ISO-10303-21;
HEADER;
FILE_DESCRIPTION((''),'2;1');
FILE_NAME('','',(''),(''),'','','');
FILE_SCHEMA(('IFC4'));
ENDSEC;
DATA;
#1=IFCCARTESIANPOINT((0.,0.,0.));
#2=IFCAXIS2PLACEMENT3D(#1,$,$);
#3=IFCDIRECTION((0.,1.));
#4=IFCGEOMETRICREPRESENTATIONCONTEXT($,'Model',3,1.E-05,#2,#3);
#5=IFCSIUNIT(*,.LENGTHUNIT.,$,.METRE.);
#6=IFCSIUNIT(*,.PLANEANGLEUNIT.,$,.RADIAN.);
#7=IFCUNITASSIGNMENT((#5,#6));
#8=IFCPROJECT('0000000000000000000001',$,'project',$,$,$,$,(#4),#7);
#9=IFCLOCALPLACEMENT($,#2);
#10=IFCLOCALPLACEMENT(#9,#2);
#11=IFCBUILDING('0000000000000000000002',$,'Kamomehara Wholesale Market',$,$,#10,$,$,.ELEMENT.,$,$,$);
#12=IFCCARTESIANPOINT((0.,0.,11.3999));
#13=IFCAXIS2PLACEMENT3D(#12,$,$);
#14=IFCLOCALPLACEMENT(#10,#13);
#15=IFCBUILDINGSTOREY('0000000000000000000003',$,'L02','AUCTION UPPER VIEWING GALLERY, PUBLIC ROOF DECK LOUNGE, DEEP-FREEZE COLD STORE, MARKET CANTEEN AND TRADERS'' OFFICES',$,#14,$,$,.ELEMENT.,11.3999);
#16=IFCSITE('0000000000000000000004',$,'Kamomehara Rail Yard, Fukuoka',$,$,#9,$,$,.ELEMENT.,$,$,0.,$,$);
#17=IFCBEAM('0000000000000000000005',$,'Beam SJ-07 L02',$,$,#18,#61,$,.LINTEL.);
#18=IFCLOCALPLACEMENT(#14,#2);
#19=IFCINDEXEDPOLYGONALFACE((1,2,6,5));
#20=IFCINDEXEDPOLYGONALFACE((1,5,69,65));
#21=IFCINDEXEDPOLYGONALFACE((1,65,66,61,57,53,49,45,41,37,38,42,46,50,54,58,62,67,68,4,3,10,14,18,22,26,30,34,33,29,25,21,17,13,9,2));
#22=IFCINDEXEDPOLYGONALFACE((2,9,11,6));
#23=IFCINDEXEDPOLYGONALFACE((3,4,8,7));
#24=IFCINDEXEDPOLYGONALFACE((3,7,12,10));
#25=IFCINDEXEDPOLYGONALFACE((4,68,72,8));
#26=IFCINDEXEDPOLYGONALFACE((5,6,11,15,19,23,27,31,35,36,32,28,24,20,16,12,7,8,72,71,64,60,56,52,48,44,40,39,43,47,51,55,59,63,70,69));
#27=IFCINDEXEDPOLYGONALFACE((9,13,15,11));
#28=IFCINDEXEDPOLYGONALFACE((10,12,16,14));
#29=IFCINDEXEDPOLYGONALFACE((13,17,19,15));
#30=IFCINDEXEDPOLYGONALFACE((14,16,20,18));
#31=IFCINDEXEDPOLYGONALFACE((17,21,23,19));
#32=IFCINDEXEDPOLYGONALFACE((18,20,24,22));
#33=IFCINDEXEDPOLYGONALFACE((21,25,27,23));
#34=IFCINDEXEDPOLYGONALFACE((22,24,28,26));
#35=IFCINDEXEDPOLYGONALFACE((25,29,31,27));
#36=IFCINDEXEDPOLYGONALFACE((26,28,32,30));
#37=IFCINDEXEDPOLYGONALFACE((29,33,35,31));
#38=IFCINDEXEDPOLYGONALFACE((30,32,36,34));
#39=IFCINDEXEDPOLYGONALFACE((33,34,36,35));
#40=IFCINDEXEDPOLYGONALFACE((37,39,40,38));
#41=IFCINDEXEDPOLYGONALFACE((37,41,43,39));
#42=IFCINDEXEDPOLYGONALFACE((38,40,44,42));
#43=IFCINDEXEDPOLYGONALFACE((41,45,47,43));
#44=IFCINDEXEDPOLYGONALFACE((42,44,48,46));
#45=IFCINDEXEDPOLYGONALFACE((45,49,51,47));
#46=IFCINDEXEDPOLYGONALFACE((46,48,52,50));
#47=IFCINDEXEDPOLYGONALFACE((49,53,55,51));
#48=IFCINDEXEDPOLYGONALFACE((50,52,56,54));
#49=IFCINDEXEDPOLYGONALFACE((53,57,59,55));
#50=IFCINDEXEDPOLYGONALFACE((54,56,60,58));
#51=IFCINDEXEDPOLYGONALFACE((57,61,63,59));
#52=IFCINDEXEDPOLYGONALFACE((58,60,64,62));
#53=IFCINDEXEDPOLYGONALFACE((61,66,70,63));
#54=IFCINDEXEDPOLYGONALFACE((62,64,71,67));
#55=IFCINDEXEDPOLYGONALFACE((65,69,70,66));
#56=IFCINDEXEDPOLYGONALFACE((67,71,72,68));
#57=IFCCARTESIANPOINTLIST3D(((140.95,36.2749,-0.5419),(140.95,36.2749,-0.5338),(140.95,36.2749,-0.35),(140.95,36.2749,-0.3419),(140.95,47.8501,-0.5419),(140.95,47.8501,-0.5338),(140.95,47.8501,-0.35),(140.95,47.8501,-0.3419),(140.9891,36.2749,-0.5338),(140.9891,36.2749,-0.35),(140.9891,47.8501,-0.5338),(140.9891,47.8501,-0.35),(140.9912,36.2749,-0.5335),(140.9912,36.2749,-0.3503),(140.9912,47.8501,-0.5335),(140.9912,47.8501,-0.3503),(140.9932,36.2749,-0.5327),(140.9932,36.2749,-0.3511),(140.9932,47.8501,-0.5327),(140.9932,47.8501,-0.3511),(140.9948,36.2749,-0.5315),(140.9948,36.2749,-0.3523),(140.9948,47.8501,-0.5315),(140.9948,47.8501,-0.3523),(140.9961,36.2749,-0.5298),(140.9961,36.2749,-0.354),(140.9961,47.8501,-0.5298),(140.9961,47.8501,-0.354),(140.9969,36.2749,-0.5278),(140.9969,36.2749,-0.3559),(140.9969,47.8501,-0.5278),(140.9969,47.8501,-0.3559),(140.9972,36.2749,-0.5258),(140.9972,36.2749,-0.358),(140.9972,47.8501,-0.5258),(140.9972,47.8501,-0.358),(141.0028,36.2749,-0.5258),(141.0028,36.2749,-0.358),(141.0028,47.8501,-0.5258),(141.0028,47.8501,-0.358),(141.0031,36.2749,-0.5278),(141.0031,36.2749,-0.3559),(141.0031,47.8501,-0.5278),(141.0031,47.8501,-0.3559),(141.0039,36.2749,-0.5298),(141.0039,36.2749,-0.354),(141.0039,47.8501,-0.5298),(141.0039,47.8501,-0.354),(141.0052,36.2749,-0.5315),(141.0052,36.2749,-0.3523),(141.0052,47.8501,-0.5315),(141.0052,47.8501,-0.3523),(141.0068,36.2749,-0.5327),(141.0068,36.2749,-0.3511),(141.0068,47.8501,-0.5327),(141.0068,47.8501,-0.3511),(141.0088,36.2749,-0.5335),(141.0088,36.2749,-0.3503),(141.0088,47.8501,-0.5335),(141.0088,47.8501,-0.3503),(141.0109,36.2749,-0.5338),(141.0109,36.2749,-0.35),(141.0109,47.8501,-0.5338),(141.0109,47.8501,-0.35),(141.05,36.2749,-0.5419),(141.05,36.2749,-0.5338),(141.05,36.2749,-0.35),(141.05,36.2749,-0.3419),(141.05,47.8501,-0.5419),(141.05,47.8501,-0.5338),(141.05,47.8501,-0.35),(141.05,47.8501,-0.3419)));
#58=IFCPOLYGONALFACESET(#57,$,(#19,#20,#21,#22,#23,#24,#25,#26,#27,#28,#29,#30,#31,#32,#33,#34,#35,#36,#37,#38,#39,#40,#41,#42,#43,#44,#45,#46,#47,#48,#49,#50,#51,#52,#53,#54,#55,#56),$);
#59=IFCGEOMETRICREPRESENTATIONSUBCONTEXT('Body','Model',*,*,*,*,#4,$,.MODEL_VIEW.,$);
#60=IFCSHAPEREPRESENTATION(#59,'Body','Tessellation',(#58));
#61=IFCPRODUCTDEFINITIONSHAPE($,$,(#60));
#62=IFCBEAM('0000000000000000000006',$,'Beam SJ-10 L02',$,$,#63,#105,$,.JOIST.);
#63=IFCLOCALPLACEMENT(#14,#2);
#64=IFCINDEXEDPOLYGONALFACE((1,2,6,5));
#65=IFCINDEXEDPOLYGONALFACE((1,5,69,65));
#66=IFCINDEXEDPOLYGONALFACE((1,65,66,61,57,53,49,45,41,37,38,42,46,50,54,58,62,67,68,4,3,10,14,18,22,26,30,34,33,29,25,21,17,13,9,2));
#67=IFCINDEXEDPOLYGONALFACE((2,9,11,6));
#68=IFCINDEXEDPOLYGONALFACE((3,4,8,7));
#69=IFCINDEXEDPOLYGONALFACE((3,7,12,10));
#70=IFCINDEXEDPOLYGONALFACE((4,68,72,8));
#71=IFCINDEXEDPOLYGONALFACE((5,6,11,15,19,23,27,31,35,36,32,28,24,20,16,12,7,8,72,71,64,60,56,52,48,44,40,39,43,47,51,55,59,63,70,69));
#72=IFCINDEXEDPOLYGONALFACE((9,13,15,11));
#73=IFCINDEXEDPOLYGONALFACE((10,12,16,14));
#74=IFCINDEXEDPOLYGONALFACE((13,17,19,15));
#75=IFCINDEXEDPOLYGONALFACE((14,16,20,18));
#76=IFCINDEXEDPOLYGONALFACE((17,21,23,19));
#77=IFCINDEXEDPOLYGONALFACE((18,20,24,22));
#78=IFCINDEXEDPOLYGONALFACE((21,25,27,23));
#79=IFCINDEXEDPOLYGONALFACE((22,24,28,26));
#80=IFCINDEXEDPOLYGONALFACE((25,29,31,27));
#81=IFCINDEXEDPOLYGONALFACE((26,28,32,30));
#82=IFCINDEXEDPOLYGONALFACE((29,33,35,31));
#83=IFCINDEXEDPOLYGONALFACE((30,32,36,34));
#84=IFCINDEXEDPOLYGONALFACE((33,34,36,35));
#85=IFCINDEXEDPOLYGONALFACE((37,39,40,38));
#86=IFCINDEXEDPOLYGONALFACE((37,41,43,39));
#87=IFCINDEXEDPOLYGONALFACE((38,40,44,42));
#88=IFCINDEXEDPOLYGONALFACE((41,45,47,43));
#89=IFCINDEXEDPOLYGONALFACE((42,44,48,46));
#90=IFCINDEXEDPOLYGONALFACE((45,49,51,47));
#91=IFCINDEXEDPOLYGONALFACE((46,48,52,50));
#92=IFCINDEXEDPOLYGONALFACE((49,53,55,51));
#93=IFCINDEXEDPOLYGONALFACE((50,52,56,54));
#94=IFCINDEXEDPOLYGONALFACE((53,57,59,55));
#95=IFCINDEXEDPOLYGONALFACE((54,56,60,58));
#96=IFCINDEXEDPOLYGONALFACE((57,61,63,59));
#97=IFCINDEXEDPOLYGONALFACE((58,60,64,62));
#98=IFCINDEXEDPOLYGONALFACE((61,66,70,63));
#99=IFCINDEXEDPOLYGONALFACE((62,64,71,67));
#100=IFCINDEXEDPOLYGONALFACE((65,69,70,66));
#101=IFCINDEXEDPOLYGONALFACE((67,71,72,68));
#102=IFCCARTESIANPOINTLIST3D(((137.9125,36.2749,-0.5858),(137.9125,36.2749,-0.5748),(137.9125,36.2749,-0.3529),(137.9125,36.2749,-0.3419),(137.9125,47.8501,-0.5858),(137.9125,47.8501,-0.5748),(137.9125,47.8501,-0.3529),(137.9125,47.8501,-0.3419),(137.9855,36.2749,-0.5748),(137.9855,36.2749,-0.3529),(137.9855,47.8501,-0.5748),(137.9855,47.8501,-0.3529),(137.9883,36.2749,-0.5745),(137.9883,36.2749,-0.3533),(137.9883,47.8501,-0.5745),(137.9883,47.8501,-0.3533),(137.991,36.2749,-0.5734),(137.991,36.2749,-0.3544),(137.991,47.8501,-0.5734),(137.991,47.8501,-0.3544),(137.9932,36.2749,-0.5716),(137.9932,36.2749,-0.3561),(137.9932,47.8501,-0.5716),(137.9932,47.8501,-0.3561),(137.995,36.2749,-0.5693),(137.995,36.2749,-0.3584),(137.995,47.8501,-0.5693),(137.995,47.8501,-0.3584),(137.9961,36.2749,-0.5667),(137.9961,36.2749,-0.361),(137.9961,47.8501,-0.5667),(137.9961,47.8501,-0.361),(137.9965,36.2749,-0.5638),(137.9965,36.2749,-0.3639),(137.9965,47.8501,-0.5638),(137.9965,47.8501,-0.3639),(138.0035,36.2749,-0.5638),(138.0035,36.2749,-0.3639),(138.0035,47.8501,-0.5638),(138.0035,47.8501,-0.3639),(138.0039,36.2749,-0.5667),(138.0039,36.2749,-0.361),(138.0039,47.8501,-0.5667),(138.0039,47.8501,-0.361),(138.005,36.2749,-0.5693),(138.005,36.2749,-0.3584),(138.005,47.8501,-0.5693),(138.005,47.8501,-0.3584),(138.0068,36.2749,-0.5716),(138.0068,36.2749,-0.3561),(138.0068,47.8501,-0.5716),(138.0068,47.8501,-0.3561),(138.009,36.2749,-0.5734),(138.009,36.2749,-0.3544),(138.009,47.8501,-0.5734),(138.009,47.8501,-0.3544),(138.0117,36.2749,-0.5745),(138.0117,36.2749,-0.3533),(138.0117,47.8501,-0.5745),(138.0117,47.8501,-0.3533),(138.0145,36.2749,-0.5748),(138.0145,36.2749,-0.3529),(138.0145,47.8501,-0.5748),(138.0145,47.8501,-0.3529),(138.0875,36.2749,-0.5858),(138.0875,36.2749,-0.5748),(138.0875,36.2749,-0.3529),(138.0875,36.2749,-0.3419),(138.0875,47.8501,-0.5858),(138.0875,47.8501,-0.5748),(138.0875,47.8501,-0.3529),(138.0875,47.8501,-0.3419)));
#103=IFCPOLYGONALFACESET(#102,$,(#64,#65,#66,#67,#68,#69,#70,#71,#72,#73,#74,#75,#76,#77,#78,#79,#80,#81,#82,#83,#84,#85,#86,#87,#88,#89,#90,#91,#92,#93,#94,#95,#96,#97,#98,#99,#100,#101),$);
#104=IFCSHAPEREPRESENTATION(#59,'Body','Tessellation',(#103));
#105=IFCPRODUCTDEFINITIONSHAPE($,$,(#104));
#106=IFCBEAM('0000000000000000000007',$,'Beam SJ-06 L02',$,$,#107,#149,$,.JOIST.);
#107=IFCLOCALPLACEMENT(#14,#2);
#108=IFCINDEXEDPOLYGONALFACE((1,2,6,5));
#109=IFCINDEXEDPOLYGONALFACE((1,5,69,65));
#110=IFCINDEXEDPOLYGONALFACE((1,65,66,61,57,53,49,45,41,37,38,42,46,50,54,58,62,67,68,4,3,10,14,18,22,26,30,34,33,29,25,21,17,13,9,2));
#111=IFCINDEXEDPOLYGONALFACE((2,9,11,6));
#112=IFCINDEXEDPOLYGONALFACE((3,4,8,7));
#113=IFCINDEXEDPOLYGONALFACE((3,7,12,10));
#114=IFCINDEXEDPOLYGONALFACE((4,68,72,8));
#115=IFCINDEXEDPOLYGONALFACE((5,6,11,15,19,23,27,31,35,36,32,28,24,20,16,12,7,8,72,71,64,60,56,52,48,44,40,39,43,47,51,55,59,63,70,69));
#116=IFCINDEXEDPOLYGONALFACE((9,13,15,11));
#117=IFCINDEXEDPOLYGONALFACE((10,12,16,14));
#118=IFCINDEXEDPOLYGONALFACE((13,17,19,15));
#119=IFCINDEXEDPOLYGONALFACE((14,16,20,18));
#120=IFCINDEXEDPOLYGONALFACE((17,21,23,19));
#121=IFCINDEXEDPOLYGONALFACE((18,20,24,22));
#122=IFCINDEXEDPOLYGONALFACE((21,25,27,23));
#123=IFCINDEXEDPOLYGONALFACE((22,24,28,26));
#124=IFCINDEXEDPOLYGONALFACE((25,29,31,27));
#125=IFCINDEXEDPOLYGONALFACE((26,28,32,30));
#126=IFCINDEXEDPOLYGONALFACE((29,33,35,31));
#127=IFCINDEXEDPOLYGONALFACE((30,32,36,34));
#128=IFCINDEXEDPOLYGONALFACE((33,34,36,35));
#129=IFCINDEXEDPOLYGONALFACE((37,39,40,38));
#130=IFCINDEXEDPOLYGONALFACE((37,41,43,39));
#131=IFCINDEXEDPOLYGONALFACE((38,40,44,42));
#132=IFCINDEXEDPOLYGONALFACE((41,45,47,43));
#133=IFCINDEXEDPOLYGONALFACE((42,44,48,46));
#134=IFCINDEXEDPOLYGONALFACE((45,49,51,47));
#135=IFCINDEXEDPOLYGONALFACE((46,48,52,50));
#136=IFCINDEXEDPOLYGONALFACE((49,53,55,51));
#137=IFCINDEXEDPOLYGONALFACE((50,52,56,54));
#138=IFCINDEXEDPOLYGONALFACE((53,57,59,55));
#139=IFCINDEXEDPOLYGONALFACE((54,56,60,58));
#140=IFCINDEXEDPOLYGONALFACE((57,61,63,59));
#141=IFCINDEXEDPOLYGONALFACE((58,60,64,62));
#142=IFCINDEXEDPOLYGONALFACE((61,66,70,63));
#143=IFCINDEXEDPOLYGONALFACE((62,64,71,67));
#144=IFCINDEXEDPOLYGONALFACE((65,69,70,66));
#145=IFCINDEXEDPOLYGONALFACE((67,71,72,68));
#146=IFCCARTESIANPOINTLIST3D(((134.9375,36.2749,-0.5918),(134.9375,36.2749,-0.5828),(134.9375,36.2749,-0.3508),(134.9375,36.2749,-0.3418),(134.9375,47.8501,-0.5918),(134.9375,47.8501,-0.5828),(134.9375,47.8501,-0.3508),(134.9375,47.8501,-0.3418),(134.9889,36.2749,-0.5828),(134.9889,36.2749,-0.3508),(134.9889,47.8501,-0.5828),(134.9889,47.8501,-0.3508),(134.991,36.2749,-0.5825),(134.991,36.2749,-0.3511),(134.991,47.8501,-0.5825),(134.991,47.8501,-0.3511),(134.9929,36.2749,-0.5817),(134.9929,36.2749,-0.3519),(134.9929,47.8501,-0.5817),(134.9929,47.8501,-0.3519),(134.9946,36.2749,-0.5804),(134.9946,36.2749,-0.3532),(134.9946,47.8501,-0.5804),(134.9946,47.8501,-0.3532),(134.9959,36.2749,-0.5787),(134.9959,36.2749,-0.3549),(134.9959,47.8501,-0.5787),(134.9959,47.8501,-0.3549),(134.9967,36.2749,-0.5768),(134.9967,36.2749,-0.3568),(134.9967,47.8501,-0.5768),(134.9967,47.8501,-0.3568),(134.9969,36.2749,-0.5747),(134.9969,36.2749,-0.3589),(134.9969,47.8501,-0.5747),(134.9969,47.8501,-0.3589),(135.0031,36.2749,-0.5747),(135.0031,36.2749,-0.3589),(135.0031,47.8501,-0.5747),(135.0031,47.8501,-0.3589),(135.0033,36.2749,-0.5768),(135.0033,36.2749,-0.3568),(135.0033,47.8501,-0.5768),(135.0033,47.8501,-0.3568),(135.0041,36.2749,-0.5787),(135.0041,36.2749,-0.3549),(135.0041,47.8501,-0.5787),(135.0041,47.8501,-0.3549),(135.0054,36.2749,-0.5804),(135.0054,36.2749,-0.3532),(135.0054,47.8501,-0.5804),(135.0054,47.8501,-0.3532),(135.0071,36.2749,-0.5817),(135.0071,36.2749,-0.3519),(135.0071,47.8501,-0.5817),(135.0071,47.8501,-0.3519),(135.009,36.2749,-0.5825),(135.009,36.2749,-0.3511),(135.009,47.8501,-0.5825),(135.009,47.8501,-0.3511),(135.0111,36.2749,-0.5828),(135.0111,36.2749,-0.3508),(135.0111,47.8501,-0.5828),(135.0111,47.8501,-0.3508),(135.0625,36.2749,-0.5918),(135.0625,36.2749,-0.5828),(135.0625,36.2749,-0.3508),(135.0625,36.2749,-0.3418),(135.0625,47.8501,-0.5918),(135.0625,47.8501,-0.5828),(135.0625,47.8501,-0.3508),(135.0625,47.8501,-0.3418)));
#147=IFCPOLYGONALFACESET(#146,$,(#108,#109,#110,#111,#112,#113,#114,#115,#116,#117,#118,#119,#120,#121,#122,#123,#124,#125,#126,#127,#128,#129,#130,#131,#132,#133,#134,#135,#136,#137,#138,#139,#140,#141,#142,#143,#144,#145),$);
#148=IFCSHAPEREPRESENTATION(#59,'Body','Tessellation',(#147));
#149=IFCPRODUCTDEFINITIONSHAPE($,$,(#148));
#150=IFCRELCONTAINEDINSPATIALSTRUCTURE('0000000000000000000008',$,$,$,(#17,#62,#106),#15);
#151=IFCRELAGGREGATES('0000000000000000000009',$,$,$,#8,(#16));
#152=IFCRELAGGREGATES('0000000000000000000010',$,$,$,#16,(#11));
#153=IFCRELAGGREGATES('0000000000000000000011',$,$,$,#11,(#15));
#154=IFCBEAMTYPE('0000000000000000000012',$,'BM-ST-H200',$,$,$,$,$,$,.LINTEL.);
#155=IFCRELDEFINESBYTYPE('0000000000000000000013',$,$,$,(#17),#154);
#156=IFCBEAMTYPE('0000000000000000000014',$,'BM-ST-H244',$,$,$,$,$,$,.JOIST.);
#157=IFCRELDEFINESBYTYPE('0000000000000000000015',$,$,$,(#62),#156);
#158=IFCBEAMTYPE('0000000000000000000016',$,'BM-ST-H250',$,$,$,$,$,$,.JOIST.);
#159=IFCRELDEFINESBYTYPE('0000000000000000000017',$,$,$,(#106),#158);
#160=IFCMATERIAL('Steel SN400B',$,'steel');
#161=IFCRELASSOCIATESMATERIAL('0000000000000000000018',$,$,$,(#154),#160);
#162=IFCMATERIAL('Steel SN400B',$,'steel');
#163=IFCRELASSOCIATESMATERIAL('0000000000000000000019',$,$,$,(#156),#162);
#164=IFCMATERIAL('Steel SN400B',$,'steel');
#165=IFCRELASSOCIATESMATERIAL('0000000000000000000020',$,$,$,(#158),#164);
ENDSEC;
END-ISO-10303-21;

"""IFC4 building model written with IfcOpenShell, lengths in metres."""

from ifc_helpers import new_model, si_unit, direction, frame, origin, origin_2d, place, context, subcontext, project, spatial, i_section, extrude, material, material_profile, profile_set, type_object, element, save


model = new_model("IFC4")

# Units and contexts
model_context = context("Model", 3, precision=1e-05, world=origin(), true_north=direction((0.0, 1.0)))
body_context = subcontext(model_context, "Body", "Model", "MODEL_VIEW")
ifc_project = project(units=[si_unit("LENGTHUNIT", "METRE"), si_unit("PLANEANGLEUNIT", "RADIAN")], contexts=[model_context])

# Site, building, storey
site_placement = place(None, origin())
site = spatial("IfcSite", under=ifc_project, at=site_placement, Name="Kamomehara Rail Yard, Fukuoka", CompositionType="ELEMENT", RefElevation=0.0)
building_placement = place(site_placement, origin())
building = spatial("IfcBuilding", under=site, at=building_placement, Name="Kamomehara Wholesale Market", CompositionType="ELEMENT")
storey_placement = place(building_placement, frame((0.0, 0.0, 11.3999)))
storey = spatial("IfcBuildingStorey", under=building, at=storey_placement, Name="L02", Description="AUCTION UPPER VIEWING GALLERY, PUBLIC ROOF DECK LOUNGE, DEEP-FREEZE COLD STORE, MARKET CANTEEN AND TRADERS' OFFICES", CompositionType="ELEMENT", Elevation=11.3999)

# Beams
ifc_material_1 = material(Name="Steel SN400B", Category="steel")
ifc_material_profile_1 = material_profile(ifc_material_1, i_section(OverallWidth=0.1001, OverallDepth=0.2, WebThickness=0.0056, FlangeThickness=0.0081, FilletRadius=0.0081, at=origin_2d()), Name="H-200x100x5.5x8")
ifc_profile_set_1 = profile_set([ifc_material_profile_1], Name="Steel SN400B")
beam_type_1 = type_object("IfcBeamType", Name="BM-ST-H200", PredefinedType="LINTEL", material=ifc_profile_set_1)
beam_1_placement = place(storey_placement, frame((141.0, 36.2749, -0.4419), z_axis=(0.0, 1.0, 0.0), x_axis=(-1.0, 0.0, 0.0)))
element("IfcBeam", 1, at=beam_1_placement, inside=storey, type_object=beam_type_1, Name="Beam SJ-07 L02", PredefinedType="LINTEL", context=body_context, shape_type="SweptSolid", body=[
    extrude(i_section(OverallWidth=0.1001, OverallDepth=0.2, WebThickness=0.0056, FlangeThickness=0.0081, FilletRadius=0.0081, at=origin_2d()), origin(), (0.0, 0.0, 1.0), 11.5752),
])
ifc_material_2 = material(Name="Steel SN400B", Category="steel")
ifc_material_profile_2 = material_profile(ifc_material_2, i_section(OverallWidth=0.175, OverallDepth=0.2439, WebThickness=0.0071, FlangeThickness=0.011, FilletRadius=0.011, at=origin_2d()), Name="H-244x175x7x11")
ifc_profile_set_2 = profile_set([ifc_material_profile_2], Name="Steel SN400B")
beam_type_2 = type_object("IfcBeamType", Name="BM-ST-H244", PredefinedType="JOIST", material=ifc_profile_set_2)
beam_2_placement = place(storey_placement, frame((138.0, 36.2749, -0.4639), z_axis=(0.0, 1.0, 0.0), x_axis=(-1.0, 0.0, 0.0)))
element("IfcBeam", 2, at=beam_2_placement, inside=storey, type_object=beam_type_2, Name="Beam SJ-10 L02", PredefinedType="JOIST", context=body_context, shape_type="SweptSolid", body=[
    extrude(i_section(OverallWidth=0.175, OverallDepth=0.2439, WebThickness=0.0071, FlangeThickness=0.011, FilletRadius=0.011, at=origin_2d()), origin(), (0.0, 0.0, 1.0), 11.5752),
])
ifc_material_3 = material(Name="Steel SN400B", Category="steel")
ifc_material_profile_3 = material_profile(ifc_material_3, i_section(OverallWidth=0.125, OverallDepth=0.25, WebThickness=0.0061, FlangeThickness=0.009, FilletRadius=0.0081, at=origin_2d()), Name="H-250x125x6x9")
ifc_profile_set_3 = profile_set([ifc_material_profile_3], Name="Steel SN400B")
beam_type_3 = type_object("IfcBeamType", Name="BM-ST-H250", PredefinedType="JOIST", material=ifc_profile_set_3)
beam_3_placement = place(storey_placement, frame((135.0, 36.2749, -0.4668), z_axis=(0.0, 1.0, 0.0), x_axis=(-1.0, 0.0, 0.0)))
element("IfcBeam", 3, at=beam_3_placement, inside=storey, type_object=beam_type_3, Name="Beam SJ-06 L02", PredefinedType="JOIST", context=body_context, shape_type="SweptSolid", body=[
    extrude(i_section(OverallWidth=0.125, OverallDepth=0.25, WebThickness=0.0061, FlangeThickness=0.009, FilletRadius=0.0081, at=origin_2d()), origin(), (0.0, 0.0, 1.0), 11.5752),
])

save(model, "model.ifc")
